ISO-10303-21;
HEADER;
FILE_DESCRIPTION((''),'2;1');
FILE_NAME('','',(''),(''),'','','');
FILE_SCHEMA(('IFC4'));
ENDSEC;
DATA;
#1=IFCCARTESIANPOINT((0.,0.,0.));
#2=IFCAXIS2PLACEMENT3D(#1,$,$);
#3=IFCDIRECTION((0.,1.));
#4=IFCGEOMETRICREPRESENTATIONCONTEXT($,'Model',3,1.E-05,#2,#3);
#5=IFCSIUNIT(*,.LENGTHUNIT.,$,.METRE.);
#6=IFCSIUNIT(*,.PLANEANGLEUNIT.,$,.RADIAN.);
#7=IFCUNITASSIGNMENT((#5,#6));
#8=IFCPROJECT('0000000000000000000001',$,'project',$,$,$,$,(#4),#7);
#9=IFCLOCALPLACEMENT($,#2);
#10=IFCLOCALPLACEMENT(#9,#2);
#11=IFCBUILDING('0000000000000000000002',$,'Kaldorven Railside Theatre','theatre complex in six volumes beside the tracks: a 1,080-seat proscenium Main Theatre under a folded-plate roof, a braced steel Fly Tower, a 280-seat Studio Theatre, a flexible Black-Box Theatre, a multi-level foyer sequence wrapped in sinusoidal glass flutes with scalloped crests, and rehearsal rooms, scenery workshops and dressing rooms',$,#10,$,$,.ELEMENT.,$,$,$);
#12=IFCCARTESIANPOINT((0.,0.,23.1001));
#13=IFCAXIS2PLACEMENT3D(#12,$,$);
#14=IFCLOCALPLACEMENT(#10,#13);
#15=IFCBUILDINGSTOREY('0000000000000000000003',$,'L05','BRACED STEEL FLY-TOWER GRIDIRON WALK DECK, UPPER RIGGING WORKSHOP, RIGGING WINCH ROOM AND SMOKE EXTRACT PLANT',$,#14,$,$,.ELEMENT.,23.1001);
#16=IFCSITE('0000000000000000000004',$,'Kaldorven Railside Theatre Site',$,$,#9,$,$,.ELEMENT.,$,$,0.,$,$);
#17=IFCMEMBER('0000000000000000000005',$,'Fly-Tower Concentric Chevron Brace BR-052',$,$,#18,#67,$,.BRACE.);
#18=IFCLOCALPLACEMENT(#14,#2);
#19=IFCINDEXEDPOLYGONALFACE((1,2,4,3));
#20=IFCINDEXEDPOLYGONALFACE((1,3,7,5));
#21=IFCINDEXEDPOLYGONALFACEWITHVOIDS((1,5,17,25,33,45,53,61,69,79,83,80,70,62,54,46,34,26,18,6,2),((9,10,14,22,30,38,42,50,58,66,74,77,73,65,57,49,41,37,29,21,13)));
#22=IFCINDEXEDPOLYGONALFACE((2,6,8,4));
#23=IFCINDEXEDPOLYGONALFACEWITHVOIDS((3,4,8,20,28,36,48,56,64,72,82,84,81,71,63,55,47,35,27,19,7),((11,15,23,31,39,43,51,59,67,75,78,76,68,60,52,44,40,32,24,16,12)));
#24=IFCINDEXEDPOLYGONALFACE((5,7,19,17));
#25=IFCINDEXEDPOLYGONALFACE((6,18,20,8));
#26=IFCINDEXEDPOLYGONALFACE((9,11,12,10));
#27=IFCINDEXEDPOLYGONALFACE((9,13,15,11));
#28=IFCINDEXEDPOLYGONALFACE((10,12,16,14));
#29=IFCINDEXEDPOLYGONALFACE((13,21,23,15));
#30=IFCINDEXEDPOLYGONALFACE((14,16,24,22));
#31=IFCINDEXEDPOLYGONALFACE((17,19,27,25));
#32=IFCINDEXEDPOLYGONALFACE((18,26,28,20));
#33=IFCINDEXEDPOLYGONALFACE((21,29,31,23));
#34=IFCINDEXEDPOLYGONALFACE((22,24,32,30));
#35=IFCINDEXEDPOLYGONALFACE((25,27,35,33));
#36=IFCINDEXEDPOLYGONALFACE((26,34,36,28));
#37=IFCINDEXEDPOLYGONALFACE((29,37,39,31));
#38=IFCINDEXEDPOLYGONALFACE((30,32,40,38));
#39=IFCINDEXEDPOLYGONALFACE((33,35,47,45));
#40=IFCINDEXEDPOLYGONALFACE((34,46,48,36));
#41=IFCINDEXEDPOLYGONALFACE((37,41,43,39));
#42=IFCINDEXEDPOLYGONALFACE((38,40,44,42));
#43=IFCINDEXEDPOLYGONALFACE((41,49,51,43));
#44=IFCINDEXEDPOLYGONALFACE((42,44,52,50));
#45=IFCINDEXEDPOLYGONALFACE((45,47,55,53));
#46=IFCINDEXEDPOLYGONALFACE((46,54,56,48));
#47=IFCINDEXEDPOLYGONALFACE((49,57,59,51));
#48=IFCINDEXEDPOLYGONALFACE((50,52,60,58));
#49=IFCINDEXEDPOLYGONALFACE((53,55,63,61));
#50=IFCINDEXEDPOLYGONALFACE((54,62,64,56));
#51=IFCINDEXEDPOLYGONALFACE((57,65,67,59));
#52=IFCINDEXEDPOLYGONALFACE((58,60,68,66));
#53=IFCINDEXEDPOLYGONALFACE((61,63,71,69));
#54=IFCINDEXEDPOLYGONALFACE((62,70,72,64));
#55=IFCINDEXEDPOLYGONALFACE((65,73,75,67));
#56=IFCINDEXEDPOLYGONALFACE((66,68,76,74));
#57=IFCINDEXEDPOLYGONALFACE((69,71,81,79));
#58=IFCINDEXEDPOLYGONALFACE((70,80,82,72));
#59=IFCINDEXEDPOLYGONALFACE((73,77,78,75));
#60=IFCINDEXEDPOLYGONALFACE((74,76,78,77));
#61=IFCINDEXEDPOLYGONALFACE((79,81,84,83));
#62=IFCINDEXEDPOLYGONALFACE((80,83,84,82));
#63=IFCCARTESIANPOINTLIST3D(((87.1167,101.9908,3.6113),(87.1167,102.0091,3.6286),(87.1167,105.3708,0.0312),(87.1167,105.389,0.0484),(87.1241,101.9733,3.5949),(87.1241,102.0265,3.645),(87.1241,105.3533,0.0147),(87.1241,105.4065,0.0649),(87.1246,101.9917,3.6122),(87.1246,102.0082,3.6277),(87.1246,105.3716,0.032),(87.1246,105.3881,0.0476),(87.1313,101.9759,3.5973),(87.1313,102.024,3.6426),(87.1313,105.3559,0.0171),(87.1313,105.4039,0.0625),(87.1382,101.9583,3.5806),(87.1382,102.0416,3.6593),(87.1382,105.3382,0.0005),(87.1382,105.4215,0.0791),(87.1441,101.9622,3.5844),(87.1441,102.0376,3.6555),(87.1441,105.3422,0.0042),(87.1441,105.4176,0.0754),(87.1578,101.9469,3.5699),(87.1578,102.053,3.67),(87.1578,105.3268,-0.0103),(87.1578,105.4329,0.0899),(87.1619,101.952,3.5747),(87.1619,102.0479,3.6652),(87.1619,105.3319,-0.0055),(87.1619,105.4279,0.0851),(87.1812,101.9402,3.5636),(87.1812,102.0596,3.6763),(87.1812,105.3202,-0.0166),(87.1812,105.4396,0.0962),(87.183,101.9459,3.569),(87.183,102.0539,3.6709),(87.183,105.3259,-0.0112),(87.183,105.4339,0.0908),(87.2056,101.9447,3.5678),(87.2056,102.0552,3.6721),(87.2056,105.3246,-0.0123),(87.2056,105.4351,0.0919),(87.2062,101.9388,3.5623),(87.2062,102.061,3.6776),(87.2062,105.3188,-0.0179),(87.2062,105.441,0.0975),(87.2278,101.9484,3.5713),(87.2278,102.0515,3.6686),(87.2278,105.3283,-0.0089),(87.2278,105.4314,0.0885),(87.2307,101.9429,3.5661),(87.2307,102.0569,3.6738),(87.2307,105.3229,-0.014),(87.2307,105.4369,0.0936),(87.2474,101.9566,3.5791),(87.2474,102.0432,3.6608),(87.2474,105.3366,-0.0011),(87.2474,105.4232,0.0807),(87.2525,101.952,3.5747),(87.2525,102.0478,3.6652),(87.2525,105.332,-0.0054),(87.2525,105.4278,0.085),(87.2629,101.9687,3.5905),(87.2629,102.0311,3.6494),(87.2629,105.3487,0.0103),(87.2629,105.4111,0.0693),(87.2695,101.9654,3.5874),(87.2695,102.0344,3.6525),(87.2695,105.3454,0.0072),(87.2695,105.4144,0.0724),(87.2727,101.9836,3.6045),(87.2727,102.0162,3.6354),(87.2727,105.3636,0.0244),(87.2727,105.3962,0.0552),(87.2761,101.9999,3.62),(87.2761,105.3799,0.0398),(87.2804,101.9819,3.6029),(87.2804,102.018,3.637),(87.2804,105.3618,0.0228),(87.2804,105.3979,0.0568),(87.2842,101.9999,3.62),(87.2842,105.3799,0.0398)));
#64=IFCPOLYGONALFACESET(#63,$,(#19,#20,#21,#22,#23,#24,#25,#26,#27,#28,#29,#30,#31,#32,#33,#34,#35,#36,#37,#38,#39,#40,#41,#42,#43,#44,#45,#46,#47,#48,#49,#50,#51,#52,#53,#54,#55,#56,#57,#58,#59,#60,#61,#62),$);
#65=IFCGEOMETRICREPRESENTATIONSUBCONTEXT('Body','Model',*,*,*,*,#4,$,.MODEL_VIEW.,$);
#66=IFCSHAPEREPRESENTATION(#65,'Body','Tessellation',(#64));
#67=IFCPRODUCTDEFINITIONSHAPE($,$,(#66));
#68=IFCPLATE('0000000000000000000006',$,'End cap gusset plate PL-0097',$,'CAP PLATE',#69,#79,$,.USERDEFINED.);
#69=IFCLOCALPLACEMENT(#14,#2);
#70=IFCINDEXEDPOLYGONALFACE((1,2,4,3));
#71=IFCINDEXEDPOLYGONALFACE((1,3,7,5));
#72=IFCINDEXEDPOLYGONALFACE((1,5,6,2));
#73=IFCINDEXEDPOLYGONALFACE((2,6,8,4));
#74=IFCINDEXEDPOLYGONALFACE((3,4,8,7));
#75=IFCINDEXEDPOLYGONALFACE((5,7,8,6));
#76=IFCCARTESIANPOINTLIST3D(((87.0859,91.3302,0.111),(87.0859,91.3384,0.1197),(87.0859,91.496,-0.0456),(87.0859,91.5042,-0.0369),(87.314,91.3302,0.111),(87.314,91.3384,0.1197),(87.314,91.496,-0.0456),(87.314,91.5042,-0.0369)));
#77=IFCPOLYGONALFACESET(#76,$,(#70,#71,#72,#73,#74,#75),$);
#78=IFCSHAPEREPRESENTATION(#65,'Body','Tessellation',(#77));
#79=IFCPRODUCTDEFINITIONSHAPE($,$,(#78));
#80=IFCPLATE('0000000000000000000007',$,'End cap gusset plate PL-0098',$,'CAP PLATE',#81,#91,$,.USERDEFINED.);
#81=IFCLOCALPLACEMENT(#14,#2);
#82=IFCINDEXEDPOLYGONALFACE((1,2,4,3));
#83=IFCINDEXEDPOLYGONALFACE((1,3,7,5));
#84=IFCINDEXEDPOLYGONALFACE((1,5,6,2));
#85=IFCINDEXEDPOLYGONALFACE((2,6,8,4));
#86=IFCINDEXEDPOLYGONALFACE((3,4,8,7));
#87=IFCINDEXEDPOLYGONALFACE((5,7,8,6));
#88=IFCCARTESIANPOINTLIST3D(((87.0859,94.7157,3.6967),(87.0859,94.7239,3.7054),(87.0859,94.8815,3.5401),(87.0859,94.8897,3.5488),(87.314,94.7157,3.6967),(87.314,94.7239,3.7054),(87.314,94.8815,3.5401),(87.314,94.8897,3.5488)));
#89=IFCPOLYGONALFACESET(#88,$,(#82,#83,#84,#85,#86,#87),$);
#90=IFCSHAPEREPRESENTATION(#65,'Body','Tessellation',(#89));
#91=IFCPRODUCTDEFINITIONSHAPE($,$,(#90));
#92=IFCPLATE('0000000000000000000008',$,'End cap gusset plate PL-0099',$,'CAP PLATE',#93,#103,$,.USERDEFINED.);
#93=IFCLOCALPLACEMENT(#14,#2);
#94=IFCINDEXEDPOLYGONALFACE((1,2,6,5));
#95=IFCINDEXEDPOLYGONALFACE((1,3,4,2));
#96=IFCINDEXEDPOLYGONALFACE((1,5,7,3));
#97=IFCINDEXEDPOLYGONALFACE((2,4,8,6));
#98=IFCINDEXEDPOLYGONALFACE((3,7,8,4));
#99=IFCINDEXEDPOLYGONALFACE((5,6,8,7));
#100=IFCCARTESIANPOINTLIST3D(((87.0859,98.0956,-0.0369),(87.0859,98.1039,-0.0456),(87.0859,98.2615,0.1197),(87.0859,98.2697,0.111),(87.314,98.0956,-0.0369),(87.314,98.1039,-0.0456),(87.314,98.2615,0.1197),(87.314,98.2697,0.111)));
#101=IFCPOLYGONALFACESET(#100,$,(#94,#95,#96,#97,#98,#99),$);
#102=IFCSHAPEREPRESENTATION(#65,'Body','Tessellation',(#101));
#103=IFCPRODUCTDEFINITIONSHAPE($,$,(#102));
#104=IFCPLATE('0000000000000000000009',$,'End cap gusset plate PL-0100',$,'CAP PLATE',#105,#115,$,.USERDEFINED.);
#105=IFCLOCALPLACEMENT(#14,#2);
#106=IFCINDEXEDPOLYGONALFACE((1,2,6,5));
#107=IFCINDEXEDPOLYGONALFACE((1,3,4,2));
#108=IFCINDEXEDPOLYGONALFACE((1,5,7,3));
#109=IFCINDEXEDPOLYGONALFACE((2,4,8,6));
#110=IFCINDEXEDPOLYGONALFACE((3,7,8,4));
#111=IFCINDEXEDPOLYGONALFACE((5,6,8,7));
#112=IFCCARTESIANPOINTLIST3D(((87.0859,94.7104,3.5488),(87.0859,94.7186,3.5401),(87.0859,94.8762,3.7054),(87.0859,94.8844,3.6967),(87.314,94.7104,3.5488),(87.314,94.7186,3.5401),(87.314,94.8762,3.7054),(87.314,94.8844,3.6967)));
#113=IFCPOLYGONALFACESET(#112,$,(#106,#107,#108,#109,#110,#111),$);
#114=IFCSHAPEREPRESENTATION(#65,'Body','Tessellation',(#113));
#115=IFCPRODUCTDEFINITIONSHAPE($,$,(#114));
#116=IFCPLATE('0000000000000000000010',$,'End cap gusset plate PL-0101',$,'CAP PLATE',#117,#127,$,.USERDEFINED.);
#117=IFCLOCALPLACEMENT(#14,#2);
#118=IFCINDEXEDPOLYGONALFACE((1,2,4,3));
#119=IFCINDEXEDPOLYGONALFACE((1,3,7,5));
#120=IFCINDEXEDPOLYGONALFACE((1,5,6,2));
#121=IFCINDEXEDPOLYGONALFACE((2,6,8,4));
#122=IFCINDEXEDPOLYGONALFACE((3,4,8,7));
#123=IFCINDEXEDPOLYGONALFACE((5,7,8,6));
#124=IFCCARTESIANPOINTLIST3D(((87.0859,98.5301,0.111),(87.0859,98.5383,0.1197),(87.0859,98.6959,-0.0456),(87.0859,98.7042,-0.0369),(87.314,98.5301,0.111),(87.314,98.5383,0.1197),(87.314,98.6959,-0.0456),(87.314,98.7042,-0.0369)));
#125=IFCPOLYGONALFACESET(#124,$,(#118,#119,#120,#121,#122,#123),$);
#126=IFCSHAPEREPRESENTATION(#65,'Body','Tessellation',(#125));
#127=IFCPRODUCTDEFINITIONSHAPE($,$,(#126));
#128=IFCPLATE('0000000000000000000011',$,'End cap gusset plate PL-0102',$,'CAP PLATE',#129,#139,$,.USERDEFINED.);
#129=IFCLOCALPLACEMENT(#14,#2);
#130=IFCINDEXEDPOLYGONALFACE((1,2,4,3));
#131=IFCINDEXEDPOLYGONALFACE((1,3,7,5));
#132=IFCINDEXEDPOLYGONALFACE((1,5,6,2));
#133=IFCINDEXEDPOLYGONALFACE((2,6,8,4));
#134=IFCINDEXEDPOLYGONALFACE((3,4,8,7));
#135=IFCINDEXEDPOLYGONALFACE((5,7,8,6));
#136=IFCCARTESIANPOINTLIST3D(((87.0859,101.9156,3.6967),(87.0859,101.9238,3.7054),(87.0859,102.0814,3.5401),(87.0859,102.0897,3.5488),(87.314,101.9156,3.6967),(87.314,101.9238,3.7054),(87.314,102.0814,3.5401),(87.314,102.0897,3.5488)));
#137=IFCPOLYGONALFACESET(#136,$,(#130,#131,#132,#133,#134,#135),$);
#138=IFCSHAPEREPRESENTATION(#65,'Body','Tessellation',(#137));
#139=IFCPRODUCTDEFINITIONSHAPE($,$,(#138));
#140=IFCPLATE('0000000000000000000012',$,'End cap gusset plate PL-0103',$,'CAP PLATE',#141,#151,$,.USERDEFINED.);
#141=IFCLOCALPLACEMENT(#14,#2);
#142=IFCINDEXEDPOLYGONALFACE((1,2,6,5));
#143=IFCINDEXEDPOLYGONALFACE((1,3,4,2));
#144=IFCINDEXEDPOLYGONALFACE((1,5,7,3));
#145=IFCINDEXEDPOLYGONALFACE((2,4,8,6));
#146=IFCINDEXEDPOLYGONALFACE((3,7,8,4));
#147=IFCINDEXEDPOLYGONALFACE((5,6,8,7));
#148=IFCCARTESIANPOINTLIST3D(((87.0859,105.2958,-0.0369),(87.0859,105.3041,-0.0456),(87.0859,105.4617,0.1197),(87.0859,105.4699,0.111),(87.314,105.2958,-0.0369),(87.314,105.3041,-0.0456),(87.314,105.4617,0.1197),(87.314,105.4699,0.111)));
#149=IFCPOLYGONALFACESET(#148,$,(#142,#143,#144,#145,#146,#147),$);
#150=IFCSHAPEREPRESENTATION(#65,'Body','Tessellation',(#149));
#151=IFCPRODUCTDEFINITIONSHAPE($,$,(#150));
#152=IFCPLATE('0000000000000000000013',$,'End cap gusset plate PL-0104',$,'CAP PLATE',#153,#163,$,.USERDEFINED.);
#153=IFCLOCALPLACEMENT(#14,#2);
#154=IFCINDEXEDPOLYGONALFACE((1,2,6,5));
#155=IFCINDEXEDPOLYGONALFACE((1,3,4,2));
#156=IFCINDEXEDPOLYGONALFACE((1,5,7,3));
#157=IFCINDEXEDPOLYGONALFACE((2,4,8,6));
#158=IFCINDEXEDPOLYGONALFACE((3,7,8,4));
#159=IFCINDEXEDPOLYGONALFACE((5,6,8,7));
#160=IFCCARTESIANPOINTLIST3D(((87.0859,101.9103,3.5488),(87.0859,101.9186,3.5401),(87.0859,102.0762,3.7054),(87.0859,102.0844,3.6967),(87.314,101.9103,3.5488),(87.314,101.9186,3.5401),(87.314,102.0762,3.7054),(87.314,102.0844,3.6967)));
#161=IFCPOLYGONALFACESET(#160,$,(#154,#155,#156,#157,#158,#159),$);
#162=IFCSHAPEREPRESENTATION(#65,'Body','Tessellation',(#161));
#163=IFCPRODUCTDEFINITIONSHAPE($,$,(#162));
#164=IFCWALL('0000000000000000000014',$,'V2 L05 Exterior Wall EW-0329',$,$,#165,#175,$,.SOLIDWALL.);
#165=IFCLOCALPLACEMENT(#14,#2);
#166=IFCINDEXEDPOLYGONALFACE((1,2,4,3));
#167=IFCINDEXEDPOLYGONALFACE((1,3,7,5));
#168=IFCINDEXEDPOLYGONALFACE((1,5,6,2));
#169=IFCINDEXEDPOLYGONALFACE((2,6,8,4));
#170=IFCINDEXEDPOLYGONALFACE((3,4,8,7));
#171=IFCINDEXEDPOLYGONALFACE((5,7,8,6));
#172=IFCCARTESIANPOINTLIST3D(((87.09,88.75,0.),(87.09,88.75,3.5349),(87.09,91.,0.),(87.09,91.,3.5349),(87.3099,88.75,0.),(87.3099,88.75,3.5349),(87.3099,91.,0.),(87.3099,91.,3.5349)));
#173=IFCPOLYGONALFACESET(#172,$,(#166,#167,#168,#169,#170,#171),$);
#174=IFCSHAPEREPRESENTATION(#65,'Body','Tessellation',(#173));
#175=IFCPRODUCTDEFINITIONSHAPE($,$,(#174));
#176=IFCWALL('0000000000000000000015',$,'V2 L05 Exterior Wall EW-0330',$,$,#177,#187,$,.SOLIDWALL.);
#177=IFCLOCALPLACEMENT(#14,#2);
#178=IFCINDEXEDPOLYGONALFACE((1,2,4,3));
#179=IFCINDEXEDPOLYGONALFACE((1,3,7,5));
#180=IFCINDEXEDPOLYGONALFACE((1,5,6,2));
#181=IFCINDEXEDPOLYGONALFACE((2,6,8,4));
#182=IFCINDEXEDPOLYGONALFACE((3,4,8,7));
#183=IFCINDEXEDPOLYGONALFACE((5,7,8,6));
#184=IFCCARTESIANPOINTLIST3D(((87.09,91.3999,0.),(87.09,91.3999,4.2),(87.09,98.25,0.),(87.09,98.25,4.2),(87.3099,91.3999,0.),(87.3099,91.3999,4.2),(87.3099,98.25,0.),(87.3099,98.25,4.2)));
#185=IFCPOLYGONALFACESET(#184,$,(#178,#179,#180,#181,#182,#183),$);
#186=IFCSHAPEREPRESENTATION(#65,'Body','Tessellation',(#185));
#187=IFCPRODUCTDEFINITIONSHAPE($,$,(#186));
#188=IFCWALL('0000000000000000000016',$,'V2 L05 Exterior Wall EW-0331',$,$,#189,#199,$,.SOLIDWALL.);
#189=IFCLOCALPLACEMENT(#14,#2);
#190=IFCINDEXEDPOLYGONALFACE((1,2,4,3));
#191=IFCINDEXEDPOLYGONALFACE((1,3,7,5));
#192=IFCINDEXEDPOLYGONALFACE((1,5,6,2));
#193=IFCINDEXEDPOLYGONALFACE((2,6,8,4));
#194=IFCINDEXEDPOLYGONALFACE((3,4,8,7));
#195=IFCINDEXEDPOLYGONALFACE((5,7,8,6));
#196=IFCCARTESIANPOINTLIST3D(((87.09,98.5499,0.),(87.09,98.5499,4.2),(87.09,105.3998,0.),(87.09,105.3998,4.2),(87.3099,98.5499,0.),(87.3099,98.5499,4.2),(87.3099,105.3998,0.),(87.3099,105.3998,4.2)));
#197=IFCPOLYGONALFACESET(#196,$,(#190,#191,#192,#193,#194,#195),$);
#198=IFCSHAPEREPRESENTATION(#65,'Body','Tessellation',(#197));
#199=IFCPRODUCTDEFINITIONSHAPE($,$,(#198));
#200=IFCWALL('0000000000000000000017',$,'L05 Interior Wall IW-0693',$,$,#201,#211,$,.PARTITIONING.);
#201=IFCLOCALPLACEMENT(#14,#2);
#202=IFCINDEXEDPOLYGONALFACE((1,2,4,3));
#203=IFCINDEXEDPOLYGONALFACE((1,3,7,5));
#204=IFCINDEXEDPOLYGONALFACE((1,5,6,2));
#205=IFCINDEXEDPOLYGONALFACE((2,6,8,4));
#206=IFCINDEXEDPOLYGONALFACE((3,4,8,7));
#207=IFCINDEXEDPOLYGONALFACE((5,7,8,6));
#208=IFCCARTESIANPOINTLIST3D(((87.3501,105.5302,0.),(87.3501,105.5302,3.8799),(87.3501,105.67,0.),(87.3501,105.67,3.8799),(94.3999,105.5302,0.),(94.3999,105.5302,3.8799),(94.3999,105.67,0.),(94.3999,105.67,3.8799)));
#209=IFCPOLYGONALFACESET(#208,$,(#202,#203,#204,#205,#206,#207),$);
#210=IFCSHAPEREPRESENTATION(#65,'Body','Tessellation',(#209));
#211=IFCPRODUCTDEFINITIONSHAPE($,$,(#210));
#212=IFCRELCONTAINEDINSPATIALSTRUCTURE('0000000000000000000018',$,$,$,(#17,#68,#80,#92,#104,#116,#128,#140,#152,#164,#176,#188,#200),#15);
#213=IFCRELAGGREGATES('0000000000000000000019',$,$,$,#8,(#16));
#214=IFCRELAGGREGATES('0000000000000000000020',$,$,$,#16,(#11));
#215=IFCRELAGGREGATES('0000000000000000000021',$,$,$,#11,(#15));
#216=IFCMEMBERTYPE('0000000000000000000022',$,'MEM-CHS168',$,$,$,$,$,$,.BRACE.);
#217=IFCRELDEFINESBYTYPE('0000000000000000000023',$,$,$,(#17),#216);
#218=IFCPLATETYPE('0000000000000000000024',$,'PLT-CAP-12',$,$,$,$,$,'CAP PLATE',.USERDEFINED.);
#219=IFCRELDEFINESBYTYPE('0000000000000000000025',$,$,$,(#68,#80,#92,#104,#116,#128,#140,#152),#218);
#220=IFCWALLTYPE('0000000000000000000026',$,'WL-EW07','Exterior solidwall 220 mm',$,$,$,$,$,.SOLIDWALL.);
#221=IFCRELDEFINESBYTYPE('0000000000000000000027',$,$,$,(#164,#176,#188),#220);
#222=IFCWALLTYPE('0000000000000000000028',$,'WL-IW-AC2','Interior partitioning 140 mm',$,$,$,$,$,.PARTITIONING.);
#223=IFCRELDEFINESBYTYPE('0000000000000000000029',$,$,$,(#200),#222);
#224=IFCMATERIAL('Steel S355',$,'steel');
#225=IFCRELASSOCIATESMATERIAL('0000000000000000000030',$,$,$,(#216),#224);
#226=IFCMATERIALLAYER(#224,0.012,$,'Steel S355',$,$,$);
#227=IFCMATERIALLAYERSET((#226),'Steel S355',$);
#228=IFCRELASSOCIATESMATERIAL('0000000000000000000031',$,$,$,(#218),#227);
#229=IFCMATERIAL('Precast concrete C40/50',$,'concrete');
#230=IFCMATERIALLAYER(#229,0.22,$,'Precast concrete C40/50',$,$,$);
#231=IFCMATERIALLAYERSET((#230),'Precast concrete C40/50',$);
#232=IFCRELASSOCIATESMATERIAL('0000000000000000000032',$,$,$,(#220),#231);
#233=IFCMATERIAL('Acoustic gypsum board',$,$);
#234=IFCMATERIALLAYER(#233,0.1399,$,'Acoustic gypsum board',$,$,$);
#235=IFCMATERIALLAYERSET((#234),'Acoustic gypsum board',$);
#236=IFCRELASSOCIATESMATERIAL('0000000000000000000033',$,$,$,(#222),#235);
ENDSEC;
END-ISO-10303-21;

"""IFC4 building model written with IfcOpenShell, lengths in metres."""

from ifc_helpers import new_model, si_unit, direction, frame, frame_2d, origin, origin_2d, place, context, subcontext, project, spatial, rectangle, hollow_circle, extrude, material, layer, layer_set, material_profile, profile_set, type_object, element, save


model = new_model("IFC4")

# Units and contexts
model_context = context("Model", 3, precision=1e-05, world=origin(), true_north=direction((0.0, 1.0)))
body_context = subcontext(model_context, "Body", "Model", "MODEL_VIEW")
ifc_project = project(units=[si_unit("LENGTHUNIT", "METRE"), si_unit("PLANEANGLEUNIT", "RADIAN")], contexts=[model_context])

# Site, building, storey
site_placement = place(None, origin())
site = spatial("IfcSite", under=ifc_project, at=site_placement, Name="Kaldorven Railside Theatre Site", CompositionType="ELEMENT", RefElevation=0.0)
building_placement = place(site_placement, origin())
building = spatial("IfcBuilding", under=site, at=building_placement, Name="Kaldorven Railside Theatre", Description="theatre complex in six volumes beside the tracks: a 1,080-seat proscenium Main Theatre under a folded-plate roof, a braced steel Fly Tower, a 280-seat Studio Theatre, a flexible Black-Box Theatre, a multi-level foyer sequence wrapped in sinusoidal glass flutes with scalloped crests, and rehearsal rooms, scenery workshops and dressing rooms", CompositionType="ELEMENT")
storey_placement = place(building_placement, frame((0.0, 0.0, 23.1001)))
storey = spatial("IfcBuildingStorey", under=building, at=storey_placement, Name="L05", Description="BRACED STEEL FLY-TOWER GRIDIRON WALK DECK, UPPER RIGGING WORKSHOP, RIGGING WINCH ROOM AND SMOKE EXTRACT PLANT", CompositionType="ELEMENT", Elevation=23.1001)

# Shared definitions
ifc_material_1 = material(Name="Steel S355", Category="steel")

# Member
ifc_material_profile_1 = material_profile(ifc_material_1, hollow_circle(Radius=0.0842, WallThickness=0.0081, at=origin_2d()), Name="CHS 168.3x8")
ifc_profile_set_1 = profile_set([ifc_material_profile_1], Name="Steel S355")
member_type = type_object("IfcMemberType", Name="MEM-CHS168", PredefinedType="BRACE", material=ifc_profile_set_1)
for number, where, z_axis, x_axis, name in (
    (1, (87.2, 105.3799, 0.0398), (0.0, -0.686484, 0.727145), (1.0, 0.0, 0.0), "Fly-Tower Concentric Chevron Brace BR-052"),
):
    element("IfcMember", number, at=place(storey_placement, frame(where, z_axis=z_axis, x_axis=x_axis)), inside=storey, type_object=member_type, Name=name, PredefinedType="BRACE", context=body_context, shape_type="SweptSolid", body=[
        extrude(hollow_circle(Radius=0.0842, WallThickness=0.0081, at=origin_2d()), origin(), (0.0, 0.0, 1.0), 4.9236),
    ])

# Plates
ifc_layer_1 = layer(ifc_material_1, 0.012, Name="Steel S355")
ifc_layer_set_1 = layer_set([ifc_layer_1], Name="Steel S355")
plate_type = type_object("IfcPlateType", Name="PLT-CAP-12", ElementType="CAP PLATE", PredefinedType="USERDEFINED", material=ifc_layer_set_1)
for number, where, z_axis, x_axis, name in (
    (2, (87.2, 91.4131, 0.0327), (0.0, 0.686453, 0.727174), (-1.0, 0.0, 0.0), "End cap gusset plate PL-0097"),
    (3, (87.2, 94.7986, 3.6184), (0.0, 0.686453, 0.727174), (-1.0, 0.0, 0.0), "End cap gusset plate PL-0098"),
    (4, (87.2, 98.1868, 0.0327), (0.0, -0.686453, 0.727174), (1.0, 0.0, 0.0), "End cap gusset plate PL-0099"),
    (5, (87.2, 94.8015, 3.6184), (0.0, -0.686453, 0.727174), (1.0, 0.0, 0.0), "End cap gusset plate PL-0100"),
    (6, (87.2, 98.613, 0.0327), (0.0, 0.686453, 0.727174), (-1.0, 0.0, 0.0), "End cap gusset plate PL-0101"),
    (7, (87.2, 101.9985, 3.6184), (0.0, 0.686453, 0.727174), (-1.0, 0.0, 0.0), "End cap gusset plate PL-0102"),
    (8, (87.2, 105.387, 0.0327), (0.0, -0.686453, 0.727174), (1.0, 0.0, 0.0), "End cap gusset plate PL-0103"),
    (9, (87.2, 102.0015, 3.6184), (0.0, -0.686453, 0.727174), (1.0, 0.0, 0.0), "End cap gusset plate PL-0104"),
):
    element("IfcPlate", number, at=place(storey_placement, frame(where, z_axis=z_axis, x_axis=x_axis)), inside=storey, type_object=plate_type, Name=name, ObjectType="CAP PLATE", PredefinedType="USERDEFINED", context=body_context, shape_type="SweptSolid", body=[
        extrude(rectangle(XDim=0.228, YDim=0.228, at=origin_2d()), origin(), (0.0, 0.0, 1.0), 0.012),
    ])

# Walls
ifc_material_2 = material(Name="Precast concrete C40/50", Category="concrete")
ifc_layer_2 = layer(ifc_material_2, 0.22, Name="Precast concrete C40/50")
ifc_layer_set_2 = layer_set([ifc_layer_2], Name="Precast concrete C40/50")
wall_type_1 = type_object("IfcWallType", Name="WL-EW07", Description="Exterior solidwall 220 mm", PredefinedType="SOLIDWALL", material=ifc_layer_set_2)
wall_1_placement = place(storey_placement, frame((87.2, 88.75, 0.0), z_axis=(0.0, 0.0, 1.0), x_axis=(0.0, 1.0, 0.0)))
element("IfcWall", 10, at=wall_1_placement, inside=storey, type_object=wall_type_1, Name="V2 L05 Exterior Wall EW-0329", PredefinedType="SOLIDWALL", context=body_context, shape_type="SweptSolid", body=[
    extrude(rectangle(XDim=2.25, YDim=0.22, at=frame_2d((1.125, 0.0))), origin(), (0.0, 0.0, 1.0), 3.5349),
])
wall_2_placement = place(storey_placement, frame((87.2, 91.3999, 0.0), z_axis=(0.0, 0.0, 1.0), x_axis=(0.0, 1.0, 0.0)))
element("IfcWall", 11, at=wall_2_placement, inside=storey, type_object=wall_type_1, Name="V2 L05 Exterior Wall EW-0330", PredefinedType="SOLIDWALL", context=body_context, shape_type="SweptSolid", body=[
    extrude(rectangle(XDim=6.8501, YDim=0.22, at=frame_2d((3.425, 0.0))), origin(), (0.0, 0.0, 1.0), 4.2),
])
wall_3_placement = place(storey_placement, frame((87.2, 98.55, 0.0), z_axis=(0.0, 0.0, 1.0), x_axis=(0.0, 1.0, 0.0)))
element("IfcWall", 12, at=wall_3_placement, inside=storey, type_object=wall_type_1, Name="V2 L05 Exterior Wall EW-0331", PredefinedType="SOLIDWALL", context=body_context, shape_type="SweptSolid", body=[
    extrude(rectangle(XDim=6.8499, YDim=0.22, at=frame_2d((3.4248, 0.0))), origin(), (0.0, 0.0, 1.0), 4.2),
])
ifc_material_3 = material(Name="Acoustic gypsum board")
ifc_layer_3 = layer(ifc_material_3, 0.1399, Name="Acoustic gypsum board")
ifc_layer_set_3 = layer_set([ifc_layer_3], Name="Acoustic gypsum board")
wall_type_2 = type_object("IfcWallType", Name="WL-IW-AC2", Description="Interior partitioning 140 mm", PredefinedType="PARTITIONING", material=ifc_layer_set_3)
wall_4_placement = place(storey_placement, frame((87.3501, 105.6001, 0.0), z_axis=(0.0, 0.0, 1.0), x_axis=(1.0, 0.0, 0.0)))
element("IfcWall", 13, at=wall_4_placement, inside=storey, type_object=wall_type_2, Name="L05 Interior Wall IW-0693", PredefinedType="PARTITIONING", context=body_context, shape_type="SweptSolid", body=[
    extrude(rectangle(XDim=7.0498, YDim=0.1399, at=frame_2d((3.5249, 0.0))), origin(), (0.0, 0.0, 1.0), 3.8799),
])

save(model, "model.ifc")
